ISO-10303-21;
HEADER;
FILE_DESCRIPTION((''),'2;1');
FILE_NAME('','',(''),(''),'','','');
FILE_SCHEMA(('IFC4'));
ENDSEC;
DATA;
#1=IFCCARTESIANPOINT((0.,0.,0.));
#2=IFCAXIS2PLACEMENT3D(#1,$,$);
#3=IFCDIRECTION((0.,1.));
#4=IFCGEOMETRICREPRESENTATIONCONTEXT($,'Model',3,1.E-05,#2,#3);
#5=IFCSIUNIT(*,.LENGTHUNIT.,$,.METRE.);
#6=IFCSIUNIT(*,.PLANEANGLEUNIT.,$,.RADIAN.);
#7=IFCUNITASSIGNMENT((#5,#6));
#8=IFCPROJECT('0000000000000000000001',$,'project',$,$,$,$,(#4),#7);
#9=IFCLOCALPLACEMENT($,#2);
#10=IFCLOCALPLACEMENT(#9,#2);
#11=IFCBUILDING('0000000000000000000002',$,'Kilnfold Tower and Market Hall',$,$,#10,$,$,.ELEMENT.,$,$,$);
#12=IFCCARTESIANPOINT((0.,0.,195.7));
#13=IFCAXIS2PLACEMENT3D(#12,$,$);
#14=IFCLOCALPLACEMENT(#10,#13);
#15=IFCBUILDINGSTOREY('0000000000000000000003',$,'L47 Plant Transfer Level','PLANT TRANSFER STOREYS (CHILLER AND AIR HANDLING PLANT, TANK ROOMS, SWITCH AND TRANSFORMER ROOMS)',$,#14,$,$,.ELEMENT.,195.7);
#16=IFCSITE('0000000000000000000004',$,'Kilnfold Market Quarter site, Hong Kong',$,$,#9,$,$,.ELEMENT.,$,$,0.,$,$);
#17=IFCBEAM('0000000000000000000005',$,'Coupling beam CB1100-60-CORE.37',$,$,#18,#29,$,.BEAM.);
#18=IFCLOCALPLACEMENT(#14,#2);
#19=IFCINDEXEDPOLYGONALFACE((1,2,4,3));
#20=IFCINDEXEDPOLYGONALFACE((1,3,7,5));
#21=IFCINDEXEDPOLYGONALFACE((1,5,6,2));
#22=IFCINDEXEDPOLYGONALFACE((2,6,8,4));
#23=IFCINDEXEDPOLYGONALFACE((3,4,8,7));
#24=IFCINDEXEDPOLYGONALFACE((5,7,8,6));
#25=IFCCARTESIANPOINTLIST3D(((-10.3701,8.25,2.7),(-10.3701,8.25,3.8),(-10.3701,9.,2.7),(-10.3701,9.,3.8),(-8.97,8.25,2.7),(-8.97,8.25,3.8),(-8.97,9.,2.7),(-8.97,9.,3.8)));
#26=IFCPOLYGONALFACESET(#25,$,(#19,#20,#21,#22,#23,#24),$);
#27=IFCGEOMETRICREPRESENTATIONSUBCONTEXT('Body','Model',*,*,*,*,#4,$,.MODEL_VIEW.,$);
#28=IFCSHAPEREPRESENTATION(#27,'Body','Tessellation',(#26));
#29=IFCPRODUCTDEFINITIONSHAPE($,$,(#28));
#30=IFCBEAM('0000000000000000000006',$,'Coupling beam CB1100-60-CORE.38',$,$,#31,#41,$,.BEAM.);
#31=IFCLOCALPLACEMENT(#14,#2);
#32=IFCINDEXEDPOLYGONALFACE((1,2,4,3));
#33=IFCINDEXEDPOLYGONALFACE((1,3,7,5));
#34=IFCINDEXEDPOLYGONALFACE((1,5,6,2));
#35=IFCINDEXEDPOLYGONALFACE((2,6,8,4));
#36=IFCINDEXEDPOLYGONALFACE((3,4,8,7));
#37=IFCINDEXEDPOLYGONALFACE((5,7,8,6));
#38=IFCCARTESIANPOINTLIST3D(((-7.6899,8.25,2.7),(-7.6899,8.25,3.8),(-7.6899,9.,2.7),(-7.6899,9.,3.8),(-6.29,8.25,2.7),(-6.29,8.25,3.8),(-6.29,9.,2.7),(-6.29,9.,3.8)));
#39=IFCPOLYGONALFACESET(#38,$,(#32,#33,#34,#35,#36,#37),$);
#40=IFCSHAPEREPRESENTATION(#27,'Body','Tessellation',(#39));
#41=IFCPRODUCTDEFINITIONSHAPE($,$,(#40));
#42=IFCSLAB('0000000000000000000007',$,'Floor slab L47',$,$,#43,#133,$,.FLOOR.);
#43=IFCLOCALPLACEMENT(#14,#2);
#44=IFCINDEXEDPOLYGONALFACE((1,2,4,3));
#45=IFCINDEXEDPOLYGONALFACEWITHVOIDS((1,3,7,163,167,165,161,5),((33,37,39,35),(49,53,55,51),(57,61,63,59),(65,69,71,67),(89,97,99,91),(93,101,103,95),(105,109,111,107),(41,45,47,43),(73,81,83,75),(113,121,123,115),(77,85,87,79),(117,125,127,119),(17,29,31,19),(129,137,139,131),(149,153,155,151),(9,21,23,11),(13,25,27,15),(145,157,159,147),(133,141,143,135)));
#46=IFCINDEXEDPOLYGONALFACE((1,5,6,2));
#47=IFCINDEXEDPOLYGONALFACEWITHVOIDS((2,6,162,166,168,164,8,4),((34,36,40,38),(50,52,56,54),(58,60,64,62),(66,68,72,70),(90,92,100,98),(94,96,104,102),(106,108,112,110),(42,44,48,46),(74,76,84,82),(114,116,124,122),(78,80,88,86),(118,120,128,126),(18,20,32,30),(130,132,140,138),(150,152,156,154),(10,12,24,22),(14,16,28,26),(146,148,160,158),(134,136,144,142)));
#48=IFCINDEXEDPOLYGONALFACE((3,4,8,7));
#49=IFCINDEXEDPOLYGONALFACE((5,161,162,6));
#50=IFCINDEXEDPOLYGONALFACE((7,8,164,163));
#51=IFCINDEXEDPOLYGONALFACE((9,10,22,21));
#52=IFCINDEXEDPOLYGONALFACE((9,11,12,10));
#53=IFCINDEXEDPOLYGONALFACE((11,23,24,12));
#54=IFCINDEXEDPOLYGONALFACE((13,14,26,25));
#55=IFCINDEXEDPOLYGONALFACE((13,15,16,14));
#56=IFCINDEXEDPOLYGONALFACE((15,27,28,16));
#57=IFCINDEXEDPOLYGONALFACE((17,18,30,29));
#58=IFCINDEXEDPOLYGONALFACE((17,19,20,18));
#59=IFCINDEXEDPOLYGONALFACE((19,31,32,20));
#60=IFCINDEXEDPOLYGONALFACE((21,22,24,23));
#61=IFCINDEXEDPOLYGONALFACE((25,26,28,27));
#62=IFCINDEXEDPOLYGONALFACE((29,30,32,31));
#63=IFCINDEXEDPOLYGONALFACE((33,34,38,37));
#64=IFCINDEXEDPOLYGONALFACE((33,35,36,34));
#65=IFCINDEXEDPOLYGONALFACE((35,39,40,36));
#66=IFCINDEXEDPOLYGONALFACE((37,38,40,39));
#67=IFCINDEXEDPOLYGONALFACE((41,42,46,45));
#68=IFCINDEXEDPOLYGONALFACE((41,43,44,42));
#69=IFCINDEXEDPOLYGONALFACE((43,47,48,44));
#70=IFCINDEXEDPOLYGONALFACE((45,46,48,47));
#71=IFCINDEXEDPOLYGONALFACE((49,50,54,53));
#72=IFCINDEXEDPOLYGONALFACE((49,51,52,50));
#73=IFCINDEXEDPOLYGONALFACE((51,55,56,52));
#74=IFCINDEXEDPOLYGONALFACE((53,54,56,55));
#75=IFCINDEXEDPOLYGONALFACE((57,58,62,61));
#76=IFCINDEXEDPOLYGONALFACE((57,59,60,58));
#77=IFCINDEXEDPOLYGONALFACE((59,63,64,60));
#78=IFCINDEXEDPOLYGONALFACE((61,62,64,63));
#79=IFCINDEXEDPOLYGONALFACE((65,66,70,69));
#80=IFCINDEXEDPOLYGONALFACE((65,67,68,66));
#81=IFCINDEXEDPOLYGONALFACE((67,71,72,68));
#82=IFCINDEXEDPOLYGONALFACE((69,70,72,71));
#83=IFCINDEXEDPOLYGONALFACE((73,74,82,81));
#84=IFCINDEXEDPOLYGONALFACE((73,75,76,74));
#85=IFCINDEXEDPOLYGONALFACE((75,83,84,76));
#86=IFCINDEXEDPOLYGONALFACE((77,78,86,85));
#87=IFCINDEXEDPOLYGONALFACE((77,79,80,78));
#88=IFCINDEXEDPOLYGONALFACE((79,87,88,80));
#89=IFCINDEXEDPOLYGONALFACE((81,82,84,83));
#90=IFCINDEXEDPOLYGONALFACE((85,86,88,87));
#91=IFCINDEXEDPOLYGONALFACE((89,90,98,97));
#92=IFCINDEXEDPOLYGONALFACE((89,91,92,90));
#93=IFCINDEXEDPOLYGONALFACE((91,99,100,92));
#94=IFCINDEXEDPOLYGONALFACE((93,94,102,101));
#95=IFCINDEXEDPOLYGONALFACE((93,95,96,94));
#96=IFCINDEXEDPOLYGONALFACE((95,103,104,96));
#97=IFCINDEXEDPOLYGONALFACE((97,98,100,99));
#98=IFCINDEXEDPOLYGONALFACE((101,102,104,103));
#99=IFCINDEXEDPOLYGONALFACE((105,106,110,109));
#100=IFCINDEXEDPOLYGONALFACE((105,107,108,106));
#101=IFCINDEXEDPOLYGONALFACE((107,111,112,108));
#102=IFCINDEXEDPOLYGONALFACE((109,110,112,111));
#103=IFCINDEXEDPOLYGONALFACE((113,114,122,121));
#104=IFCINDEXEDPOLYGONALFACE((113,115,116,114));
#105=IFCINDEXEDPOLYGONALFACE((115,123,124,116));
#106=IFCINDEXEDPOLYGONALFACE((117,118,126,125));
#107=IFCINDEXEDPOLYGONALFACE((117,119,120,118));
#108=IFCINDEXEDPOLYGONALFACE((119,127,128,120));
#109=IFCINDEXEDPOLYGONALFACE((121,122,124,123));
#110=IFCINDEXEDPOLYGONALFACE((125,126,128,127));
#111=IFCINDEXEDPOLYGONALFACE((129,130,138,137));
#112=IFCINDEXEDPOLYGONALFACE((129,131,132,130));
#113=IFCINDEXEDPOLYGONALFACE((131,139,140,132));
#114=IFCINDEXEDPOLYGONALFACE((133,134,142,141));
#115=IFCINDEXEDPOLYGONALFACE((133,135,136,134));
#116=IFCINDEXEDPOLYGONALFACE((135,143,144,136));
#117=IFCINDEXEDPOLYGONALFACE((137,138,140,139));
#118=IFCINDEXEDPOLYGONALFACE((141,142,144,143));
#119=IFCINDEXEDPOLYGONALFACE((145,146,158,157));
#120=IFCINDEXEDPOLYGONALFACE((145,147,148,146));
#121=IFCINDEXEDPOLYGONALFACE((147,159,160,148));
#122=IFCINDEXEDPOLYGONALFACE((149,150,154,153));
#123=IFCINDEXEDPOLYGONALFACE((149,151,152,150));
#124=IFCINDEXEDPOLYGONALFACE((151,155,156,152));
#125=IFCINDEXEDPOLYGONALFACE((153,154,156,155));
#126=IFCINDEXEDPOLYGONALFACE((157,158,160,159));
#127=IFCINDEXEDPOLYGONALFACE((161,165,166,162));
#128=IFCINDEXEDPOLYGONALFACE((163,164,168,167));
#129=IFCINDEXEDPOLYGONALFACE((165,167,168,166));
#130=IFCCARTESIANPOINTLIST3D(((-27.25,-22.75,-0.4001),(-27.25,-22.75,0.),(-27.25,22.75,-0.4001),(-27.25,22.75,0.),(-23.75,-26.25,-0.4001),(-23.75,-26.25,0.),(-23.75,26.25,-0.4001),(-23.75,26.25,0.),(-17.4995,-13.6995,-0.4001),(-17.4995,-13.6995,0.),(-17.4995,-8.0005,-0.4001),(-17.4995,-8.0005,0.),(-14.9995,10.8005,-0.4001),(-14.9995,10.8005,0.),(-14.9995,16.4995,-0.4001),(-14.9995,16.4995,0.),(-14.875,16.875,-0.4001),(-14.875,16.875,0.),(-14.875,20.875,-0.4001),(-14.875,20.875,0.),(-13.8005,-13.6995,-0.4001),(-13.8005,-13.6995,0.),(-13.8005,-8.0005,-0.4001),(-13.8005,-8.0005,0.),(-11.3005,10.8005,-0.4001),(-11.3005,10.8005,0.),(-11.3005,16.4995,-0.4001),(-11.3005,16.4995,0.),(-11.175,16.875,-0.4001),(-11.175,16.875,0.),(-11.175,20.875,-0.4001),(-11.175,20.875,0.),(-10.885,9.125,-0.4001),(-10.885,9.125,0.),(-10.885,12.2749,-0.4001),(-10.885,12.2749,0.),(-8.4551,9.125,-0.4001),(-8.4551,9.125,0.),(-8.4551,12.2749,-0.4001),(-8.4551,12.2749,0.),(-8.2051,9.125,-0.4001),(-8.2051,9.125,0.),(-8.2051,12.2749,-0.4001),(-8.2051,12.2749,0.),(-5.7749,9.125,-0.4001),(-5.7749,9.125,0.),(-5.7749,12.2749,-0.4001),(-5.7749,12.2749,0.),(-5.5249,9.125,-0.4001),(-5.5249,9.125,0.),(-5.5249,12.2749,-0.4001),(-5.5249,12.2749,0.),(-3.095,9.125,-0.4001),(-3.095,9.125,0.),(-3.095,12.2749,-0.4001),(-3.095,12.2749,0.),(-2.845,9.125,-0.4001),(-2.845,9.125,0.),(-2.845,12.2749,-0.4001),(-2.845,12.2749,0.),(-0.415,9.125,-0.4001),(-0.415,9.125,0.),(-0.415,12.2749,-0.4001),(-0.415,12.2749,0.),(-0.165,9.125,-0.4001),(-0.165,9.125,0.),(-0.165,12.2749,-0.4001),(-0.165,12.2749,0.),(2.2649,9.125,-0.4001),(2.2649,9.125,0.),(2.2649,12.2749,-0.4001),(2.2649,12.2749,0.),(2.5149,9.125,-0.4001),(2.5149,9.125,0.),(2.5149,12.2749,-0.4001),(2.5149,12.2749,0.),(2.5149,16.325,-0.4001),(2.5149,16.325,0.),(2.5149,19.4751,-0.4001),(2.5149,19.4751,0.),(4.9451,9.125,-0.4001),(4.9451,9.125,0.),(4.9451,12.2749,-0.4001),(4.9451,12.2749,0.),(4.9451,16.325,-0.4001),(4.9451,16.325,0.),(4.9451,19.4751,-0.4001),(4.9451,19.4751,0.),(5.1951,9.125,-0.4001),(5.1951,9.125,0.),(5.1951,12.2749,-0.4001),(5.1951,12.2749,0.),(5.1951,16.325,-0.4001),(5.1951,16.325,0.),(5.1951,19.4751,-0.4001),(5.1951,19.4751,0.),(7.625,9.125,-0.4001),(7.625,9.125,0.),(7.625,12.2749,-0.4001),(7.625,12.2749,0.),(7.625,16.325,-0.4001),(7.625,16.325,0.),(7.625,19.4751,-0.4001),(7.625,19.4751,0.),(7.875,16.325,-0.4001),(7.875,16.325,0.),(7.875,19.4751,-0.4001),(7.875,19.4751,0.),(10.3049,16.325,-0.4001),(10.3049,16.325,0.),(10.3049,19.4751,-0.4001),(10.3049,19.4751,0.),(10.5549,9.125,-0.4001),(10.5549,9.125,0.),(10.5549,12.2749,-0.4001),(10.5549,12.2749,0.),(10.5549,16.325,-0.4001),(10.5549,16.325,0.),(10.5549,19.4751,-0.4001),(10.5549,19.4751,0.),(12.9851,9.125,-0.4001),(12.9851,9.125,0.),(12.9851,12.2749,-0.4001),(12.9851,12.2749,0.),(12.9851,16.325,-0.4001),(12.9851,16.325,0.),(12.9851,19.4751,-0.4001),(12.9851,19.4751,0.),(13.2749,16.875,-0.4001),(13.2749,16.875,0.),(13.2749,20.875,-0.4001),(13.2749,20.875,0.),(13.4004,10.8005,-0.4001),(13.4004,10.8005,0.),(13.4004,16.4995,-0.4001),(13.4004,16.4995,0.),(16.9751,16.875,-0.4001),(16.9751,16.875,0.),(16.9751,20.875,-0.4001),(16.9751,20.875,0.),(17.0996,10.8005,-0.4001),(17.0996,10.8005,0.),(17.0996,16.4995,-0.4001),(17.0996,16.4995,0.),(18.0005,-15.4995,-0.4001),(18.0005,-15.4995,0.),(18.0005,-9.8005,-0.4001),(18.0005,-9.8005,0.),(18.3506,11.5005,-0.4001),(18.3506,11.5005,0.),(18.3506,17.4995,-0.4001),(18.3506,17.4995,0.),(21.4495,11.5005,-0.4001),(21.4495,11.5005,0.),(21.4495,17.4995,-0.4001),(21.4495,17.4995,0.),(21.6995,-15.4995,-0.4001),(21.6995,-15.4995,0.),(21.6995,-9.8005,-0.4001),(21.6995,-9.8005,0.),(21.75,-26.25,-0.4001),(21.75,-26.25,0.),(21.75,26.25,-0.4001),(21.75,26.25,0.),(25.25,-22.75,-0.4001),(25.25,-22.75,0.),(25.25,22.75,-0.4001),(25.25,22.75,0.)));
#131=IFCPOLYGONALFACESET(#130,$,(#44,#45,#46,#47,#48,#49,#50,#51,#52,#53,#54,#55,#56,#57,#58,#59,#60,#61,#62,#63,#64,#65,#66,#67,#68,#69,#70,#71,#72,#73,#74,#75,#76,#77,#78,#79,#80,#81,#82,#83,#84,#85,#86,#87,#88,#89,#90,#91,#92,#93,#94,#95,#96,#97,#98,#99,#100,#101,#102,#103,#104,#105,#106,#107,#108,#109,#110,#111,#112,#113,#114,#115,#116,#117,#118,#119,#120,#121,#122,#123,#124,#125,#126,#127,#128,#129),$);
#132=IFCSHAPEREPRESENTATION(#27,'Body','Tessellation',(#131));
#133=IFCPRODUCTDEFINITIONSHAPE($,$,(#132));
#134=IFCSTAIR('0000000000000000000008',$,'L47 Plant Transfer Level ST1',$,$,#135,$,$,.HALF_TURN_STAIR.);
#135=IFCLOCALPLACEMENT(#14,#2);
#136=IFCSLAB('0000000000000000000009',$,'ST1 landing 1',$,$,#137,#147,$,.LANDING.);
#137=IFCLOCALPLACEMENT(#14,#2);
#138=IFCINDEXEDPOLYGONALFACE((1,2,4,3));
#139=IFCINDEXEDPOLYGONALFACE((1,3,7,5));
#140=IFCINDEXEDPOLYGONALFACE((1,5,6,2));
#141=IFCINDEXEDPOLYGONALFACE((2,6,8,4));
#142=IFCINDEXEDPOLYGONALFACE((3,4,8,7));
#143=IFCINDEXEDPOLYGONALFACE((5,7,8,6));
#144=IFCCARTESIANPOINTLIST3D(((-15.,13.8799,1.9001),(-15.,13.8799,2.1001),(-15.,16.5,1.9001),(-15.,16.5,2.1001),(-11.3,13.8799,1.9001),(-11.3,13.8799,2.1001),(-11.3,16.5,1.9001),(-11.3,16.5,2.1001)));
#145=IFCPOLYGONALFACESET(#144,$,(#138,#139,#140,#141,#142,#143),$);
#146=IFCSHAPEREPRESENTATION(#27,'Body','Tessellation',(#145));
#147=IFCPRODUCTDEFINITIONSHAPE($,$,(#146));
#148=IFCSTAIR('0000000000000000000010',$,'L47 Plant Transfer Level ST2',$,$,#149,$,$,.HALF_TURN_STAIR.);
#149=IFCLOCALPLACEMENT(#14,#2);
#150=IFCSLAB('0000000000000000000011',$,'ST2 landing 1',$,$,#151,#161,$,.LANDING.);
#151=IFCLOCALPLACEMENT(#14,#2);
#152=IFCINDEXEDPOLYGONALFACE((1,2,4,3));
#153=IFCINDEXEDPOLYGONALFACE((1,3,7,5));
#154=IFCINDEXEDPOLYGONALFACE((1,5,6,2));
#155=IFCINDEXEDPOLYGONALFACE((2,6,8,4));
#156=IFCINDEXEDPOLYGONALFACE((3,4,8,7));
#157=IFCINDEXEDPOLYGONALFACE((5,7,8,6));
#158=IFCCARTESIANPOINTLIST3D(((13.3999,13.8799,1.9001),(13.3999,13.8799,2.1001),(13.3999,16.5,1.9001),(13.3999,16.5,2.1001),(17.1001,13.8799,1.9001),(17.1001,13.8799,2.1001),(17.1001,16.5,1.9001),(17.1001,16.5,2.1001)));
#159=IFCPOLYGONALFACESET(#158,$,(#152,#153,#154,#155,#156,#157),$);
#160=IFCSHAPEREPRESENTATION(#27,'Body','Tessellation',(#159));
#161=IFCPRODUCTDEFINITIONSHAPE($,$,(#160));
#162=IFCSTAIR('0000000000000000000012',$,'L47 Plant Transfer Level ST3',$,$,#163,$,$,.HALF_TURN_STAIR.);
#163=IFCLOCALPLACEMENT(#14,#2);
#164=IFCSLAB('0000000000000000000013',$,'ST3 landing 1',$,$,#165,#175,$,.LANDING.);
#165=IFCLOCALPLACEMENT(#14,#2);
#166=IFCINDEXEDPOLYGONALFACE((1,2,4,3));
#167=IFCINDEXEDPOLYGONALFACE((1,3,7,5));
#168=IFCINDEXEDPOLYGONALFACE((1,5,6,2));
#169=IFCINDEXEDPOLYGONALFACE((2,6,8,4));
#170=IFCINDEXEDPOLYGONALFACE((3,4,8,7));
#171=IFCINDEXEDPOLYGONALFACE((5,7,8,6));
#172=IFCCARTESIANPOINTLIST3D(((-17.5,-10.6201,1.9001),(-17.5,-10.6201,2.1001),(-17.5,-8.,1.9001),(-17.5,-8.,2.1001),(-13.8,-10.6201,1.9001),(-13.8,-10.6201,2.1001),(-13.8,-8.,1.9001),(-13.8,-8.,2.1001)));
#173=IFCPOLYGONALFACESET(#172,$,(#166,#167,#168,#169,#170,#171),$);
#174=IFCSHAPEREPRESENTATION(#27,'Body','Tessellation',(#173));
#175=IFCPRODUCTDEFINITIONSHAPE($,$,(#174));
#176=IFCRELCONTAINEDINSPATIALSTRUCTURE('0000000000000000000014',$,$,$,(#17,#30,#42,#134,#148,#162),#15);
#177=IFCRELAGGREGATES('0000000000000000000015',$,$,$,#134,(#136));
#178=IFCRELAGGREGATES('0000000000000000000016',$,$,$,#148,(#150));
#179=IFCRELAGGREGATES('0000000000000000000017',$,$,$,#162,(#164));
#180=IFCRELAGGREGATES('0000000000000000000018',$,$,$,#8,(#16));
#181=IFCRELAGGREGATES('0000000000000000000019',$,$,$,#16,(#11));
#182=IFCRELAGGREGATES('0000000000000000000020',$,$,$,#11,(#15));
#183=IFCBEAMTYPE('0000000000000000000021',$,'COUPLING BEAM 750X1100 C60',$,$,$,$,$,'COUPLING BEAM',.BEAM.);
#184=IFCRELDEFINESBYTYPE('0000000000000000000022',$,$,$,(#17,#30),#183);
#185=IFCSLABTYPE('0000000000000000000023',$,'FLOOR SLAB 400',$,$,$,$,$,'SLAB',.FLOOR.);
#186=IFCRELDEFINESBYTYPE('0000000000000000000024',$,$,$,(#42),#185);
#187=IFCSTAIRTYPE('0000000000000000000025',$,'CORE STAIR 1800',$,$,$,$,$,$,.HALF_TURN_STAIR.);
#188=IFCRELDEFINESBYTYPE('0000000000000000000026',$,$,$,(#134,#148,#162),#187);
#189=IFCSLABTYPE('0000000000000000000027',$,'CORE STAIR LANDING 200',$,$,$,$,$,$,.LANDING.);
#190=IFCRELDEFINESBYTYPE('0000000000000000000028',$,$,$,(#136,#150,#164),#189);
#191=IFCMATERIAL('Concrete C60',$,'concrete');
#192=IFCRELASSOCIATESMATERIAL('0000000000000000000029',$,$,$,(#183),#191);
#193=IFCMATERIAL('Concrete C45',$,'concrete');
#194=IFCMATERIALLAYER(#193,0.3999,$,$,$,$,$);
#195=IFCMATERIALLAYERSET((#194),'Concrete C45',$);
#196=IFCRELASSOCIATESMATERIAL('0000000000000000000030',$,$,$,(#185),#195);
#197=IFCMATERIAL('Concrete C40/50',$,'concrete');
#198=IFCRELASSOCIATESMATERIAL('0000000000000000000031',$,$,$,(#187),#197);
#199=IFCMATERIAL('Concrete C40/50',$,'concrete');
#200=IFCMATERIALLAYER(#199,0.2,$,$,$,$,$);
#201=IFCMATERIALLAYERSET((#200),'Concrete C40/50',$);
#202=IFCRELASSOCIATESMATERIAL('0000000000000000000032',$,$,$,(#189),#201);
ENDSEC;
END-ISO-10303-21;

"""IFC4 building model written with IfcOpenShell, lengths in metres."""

from ifc_helpers import new_model, si_unit, direction, frame, origin, origin_2d, place, context, subcontext, project, spatial, polyline, rectangle, outline, extrude, source, transform, mapped, material, layer, layer_set, material_profile, profile_set, type_object, element, aggregate, save


model = new_model("IFC4")

# Units and contexts
model_context = context("Model", 3, precision=1e-05, world=origin(), true_north=direction((0.0, 1.0)))
body_context = subcontext(model_context, "Body", "Model", "MODEL_VIEW")
ifc_project = project(units=[si_unit("LENGTHUNIT", "METRE"), si_unit("PLANEANGLEUNIT", "RADIAN")], contexts=[model_context])

# Site, building, storey
site_placement = place(None, origin())
site = spatial("IfcSite", under=ifc_project, at=site_placement, Name="Kilnfold Market Quarter site, Hong Kong", CompositionType="ELEMENT", RefElevation=0.0)
building_placement = place(site_placement, origin())
building = spatial("IfcBuilding", under=site, at=building_placement, Name="Kilnfold Tower and Market Hall", CompositionType="ELEMENT")
storey_placement = place(building_placement, frame((0.0, 0.0, 195.7)))
storey = spatial("IfcBuildingStorey", under=building, at=storey_placement, Name="L47 Plant Transfer Level", Description="PLANT TRANSFER STOREYS (CHILLER AND AIR HANDLING PLANT, TANK ROOMS, SWITCH AND TRANSFORMER ROOMS)", CompositionType="ELEMENT", Elevation=195.7)

# Beams
ifc_material_1 = material(Name="Concrete C60", Category="concrete")
ifc_material_profile = material_profile(ifc_material_1, rectangle(XDim=0.75, YDim=1.1001, at=origin_2d()), Name="RC 750x1100")
ifc_profile_set = profile_set([ifc_material_profile], Name="Concrete C60")
beam_type = type_object("IfcBeamType", Name="COUPLING BEAM 750X1100 C60", ElementType="COUPLING BEAM", PredefinedType="BEAM", material=ifc_profile_set)
shared_shape_1 = source(origin(), body_context, "Body", "SweptSolid", [
    extrude(rectangle(XDim=0.75, YDim=1.1001, at=origin_2d()), origin(), (0.0, 0.0, 1.0), 1.4001),
])
beam_1_placement = place(storey_placement, frame((-10.3701, 8.625, 3.25), z_axis=(1.0, 0.0, 0.0), x_axis=(0.0, 1.0, 0.0)))
element("IfcBeam", 1, at=beam_1_placement, inside=storey, type_object=beam_type, Name="Coupling beam CB1100-60-CORE.37", PredefinedType="BEAM", context=body_context, shape_type="MappedRepresentation", body=[
    mapped(shared_shape_1, transform((0.0, 0.0, 0.0))),
])
shared_shape_2 = source(origin(), body_context, "Body", "SweptSolid", [
    extrude(rectangle(XDim=0.75, YDim=1.1001, at=origin_2d()), origin(), (0.0, 0.0, 1.0), 1.3999),
])
beam_2_placement = place(storey_placement, frame((-7.6899, 8.625, 3.25), z_axis=(1.0, 0.0, 0.0), x_axis=(0.0, 1.0, 0.0)))
element("IfcBeam", 2, at=beam_2_placement, inside=storey, type_object=beam_type, Name="Coupling beam CB1100-60-CORE.38", PredefinedType="BEAM", context=body_context, shape_type="MappedRepresentation", body=[
    mapped(shared_shape_2, transform((0.0, 0.0, 0.0))),
])

# Slab
ifc_material_2 = material(Name="Concrete C45", Category="concrete")
ifc_layer_1 = layer(ifc_material_2, 0.3999)
ifc_layer_set_1 = layer_set([ifc_layer_1], Name="Concrete C45")
slab_type_1 = type_object("IfcSlabType", Name="FLOOR SLAB 400", ElementType="SLAB", PredefinedType="FLOOR", material=ifc_layer_set_1)
shared_shape_3 = source(origin(), body_context, "Body", "SweptSolid", [
    extrude(outline(polyline([(-23.75, -26.25), (21.75, -26.25), (25.25, -22.75), (25.25, 22.75), (21.75, 26.25), (-23.75, 26.25), (-27.25, 22.75), (-27.25, -22.75), (-23.75, -26.25)]), holes=[polyline([(-13.8005, -13.6995), (-17.4995, -13.6995), (-17.4995, -8.0005), (-13.8005, -8.0005), (-13.8005, -13.6995)]), polyline([(-14.9995, 10.8005), (-14.9995, 16.4995), (-11.3005, 16.4995), (-11.3005, 10.8005), (-14.9995, 10.8005)]), polyline([(-11.175, 16.875), (-14.875, 16.875), (-14.875, 20.875), (-11.175, 20.875), (-11.175, 16.875)]), polyline([(-8.4551, 9.125), (-10.885, 9.125), (-10.885, 12.2749), (-8.4551, 12.2749), (-8.4551, 9.125)]), polyline([(-5.7749, 9.125), (-8.2051, 9.125), (-8.2051, 12.2749), (-5.7749, 12.2749), (-5.7749, 9.125)]), polyline([(-3.095, 9.125), (-5.5249, 9.125), (-5.5249, 12.2749), (-3.095, 12.2749), (-3.095, 9.125)]), polyline([(-0.415, 9.125), (-2.845, 9.125), (-2.845, 12.2749), (-0.415, 12.2749), (-0.415, 9.125)]), polyline([(2.2649, 9.125), (-0.165, 9.125), (-0.165, 12.2749), (2.2649, 12.2749), (2.2649, 9.125)]), polyline([(4.9451, 9.125), (2.5149, 9.125), (2.5149, 12.2749), (4.9451, 12.2749), (4.9451, 9.125)]), polyline([(2.5149, 16.325), (2.5149, 19.4751), (4.9451, 19.4751), (4.9451, 16.325), (2.5149, 16.325)]), polyline([(7.625, 9.125), (5.1951, 9.125), (5.1951, 12.2749), (7.625, 12.2749), (7.625, 9.125)]), polyline([(7.625, 16.325), (5.1951, 16.325), (5.1951, 19.4751), (7.625, 19.4751), (7.625, 16.325)]), polyline([(10.3049, 16.325), (7.875, 16.325), (7.875, 19.4751), (10.3049, 19.4751), (10.3049, 16.325)]), polyline([(10.5549, 9.125), (10.5549, 12.2749), (12.9851, 12.2749), (12.9851, 9.125), (10.5549, 9.125)]), polyline([(10.5549, 16.325), (10.5549, 19.4751), (12.9851, 19.4751), (12.9851, 16.325), (10.5549, 16.325)]), polyline([(13.2749, 16.875), (13.2749, 20.875), (16.9751, 20.875), (16.9751, 16.875), (13.2749, 16.875)]), polyline([(13.4004, 10.8005), (13.4004, 16.4995), (17.0996, 16.4995), (17.0996, 10.8005), (13.4004, 10.8005)]), polyline([(18.0005, -9.8005), (21.6995, -9.8005), (21.6995, -15.4995), (18.0005, -15.4995), (18.0005, -9.8005)]), polyline([(21.4495, 11.5005), (18.3506, 11.5005), (18.3506, 17.4995), (21.4495, 17.4995), (21.4495, 11.5005)])]), origin(), (0.0, 0.0, 1.0), 0.4001),
])
slab_1_placement = place(storey_placement, frame((0.0, 0.0, -0.4001)))
element("IfcSlab", 3, at=slab_1_placement, inside=storey, type_object=slab_type_1, Name="Floor slab L47", PredefinedType="FLOOR", context=body_context, shape_type="MappedRepresentation", body=[
    mapped(shared_shape_3, transform((0.0, 0.0, 0.0))),
])

# Stairs, slabs
ifc_material_3 = material(Name="Concrete C40/50", Category="concrete")
stair_type = type_object("IfcStairType", Name="CORE STAIR 1800", PredefinedType="HALF_TURN_STAIR", material=ifc_material_3)
stair_1_placement = place(storey_placement, origin())
stair_1 = element("IfcStair", 4, at=stair_1_placement, inside=storey, type_object=stair_type, Name="L47 Plant Transfer Level ST1", PredefinedType="HALF_TURN_STAIR")
ifc_material_4 = material(Name="Concrete C40/50", Category="concrete")
ifc_layer_2 = layer(ifc_material_4, 0.2)
ifc_layer_set_2 = layer_set([ifc_layer_2], Name="Concrete C40/50")
slab_type_2 = type_object("IfcSlabType", Name="CORE STAIR LANDING 200", PredefinedType="LANDING", material=ifc_layer_set_2)
shared_shape_4 = source(origin(), body_context, "Body", "SweptSolid", [
    extrude(outline(polyline([(-11.3, 13.8799), (-11.3, 16.5), (-15.0, 16.5), (-15.0, 13.8799), (-11.3, 13.8799)])), origin(), (0.0, 0.0, 1.0), 0.2),
])
slab_2_placement = place(storey_placement, frame((0.0, 0.0, 1.9001)))
slab_2 = element("IfcSlab", 5, at=slab_2_placement, type_object=slab_type_2, Name="ST1 landing 1", PredefinedType="LANDING", context=body_context, shape_type="MappedRepresentation", body=[
    mapped(shared_shape_4, transform((0.0, 0.0, 0.0))),
])
aggregate(stair_1, [slab_2])
stair_2_placement = place(storey_placement, origin())
stair_2 = element("IfcStair", 6, at=stair_2_placement, inside=storey, type_object=stair_type, Name="L47 Plant Transfer Level ST2", PredefinedType="HALF_TURN_STAIR")
shared_shape_5 = source(origin(), body_context, "Body", "SweptSolid", [
    extrude(outline(polyline([(17.1001, 13.8799), (17.1001, 16.5), (13.3999, 16.5), (13.3999, 13.8799), (17.1001, 13.8799)])), origin(), (0.0, 0.0, 1.0), 0.2),
])
slab_3_placement = place(storey_placement, frame((0.0, 0.0, 1.9001)))
slab_3 = element("IfcSlab", 7, at=slab_3_placement, type_object=slab_type_2, Name="ST2 landing 1", PredefinedType="LANDING", context=body_context, shape_type="MappedRepresentation", body=[
    mapped(shared_shape_5, transform((0.0, 0.0, 0.0))),
])
aggregate(stair_2, [slab_3])
stair_3_placement = place(storey_placement, origin())
stair_3 = element("IfcStair", 8, at=stair_3_placement, inside=storey, type_object=stair_type, Name="L47 Plant Transfer Level ST3", PredefinedType="HALF_TURN_STAIR")
shared_shape_6 = source(origin(), body_context, "Body", "SweptSolid", [
    extrude(outline(polyline([(-13.8, -10.6201), (-13.8, -8.0), (-17.5, -8.0), (-17.5, -10.6201), (-13.8, -10.6201)])), origin(), (0.0, 0.0, 1.0), 0.2),
])
slab_4_placement = place(storey_placement, frame((0.0, 0.0, 1.9001)))
slab_4 = element("IfcSlab", 9, at=slab_4_placement, type_object=slab_type_2, Name="ST3 landing 1", PredefinedType="LANDING", context=body_context, shape_type="MappedRepresentation", body=[
    mapped(shared_shape_6, transform((0.0, 0.0, 0.0))),
])
aggregate(stair_3, [slab_4])

save(model, "model.ifc")
